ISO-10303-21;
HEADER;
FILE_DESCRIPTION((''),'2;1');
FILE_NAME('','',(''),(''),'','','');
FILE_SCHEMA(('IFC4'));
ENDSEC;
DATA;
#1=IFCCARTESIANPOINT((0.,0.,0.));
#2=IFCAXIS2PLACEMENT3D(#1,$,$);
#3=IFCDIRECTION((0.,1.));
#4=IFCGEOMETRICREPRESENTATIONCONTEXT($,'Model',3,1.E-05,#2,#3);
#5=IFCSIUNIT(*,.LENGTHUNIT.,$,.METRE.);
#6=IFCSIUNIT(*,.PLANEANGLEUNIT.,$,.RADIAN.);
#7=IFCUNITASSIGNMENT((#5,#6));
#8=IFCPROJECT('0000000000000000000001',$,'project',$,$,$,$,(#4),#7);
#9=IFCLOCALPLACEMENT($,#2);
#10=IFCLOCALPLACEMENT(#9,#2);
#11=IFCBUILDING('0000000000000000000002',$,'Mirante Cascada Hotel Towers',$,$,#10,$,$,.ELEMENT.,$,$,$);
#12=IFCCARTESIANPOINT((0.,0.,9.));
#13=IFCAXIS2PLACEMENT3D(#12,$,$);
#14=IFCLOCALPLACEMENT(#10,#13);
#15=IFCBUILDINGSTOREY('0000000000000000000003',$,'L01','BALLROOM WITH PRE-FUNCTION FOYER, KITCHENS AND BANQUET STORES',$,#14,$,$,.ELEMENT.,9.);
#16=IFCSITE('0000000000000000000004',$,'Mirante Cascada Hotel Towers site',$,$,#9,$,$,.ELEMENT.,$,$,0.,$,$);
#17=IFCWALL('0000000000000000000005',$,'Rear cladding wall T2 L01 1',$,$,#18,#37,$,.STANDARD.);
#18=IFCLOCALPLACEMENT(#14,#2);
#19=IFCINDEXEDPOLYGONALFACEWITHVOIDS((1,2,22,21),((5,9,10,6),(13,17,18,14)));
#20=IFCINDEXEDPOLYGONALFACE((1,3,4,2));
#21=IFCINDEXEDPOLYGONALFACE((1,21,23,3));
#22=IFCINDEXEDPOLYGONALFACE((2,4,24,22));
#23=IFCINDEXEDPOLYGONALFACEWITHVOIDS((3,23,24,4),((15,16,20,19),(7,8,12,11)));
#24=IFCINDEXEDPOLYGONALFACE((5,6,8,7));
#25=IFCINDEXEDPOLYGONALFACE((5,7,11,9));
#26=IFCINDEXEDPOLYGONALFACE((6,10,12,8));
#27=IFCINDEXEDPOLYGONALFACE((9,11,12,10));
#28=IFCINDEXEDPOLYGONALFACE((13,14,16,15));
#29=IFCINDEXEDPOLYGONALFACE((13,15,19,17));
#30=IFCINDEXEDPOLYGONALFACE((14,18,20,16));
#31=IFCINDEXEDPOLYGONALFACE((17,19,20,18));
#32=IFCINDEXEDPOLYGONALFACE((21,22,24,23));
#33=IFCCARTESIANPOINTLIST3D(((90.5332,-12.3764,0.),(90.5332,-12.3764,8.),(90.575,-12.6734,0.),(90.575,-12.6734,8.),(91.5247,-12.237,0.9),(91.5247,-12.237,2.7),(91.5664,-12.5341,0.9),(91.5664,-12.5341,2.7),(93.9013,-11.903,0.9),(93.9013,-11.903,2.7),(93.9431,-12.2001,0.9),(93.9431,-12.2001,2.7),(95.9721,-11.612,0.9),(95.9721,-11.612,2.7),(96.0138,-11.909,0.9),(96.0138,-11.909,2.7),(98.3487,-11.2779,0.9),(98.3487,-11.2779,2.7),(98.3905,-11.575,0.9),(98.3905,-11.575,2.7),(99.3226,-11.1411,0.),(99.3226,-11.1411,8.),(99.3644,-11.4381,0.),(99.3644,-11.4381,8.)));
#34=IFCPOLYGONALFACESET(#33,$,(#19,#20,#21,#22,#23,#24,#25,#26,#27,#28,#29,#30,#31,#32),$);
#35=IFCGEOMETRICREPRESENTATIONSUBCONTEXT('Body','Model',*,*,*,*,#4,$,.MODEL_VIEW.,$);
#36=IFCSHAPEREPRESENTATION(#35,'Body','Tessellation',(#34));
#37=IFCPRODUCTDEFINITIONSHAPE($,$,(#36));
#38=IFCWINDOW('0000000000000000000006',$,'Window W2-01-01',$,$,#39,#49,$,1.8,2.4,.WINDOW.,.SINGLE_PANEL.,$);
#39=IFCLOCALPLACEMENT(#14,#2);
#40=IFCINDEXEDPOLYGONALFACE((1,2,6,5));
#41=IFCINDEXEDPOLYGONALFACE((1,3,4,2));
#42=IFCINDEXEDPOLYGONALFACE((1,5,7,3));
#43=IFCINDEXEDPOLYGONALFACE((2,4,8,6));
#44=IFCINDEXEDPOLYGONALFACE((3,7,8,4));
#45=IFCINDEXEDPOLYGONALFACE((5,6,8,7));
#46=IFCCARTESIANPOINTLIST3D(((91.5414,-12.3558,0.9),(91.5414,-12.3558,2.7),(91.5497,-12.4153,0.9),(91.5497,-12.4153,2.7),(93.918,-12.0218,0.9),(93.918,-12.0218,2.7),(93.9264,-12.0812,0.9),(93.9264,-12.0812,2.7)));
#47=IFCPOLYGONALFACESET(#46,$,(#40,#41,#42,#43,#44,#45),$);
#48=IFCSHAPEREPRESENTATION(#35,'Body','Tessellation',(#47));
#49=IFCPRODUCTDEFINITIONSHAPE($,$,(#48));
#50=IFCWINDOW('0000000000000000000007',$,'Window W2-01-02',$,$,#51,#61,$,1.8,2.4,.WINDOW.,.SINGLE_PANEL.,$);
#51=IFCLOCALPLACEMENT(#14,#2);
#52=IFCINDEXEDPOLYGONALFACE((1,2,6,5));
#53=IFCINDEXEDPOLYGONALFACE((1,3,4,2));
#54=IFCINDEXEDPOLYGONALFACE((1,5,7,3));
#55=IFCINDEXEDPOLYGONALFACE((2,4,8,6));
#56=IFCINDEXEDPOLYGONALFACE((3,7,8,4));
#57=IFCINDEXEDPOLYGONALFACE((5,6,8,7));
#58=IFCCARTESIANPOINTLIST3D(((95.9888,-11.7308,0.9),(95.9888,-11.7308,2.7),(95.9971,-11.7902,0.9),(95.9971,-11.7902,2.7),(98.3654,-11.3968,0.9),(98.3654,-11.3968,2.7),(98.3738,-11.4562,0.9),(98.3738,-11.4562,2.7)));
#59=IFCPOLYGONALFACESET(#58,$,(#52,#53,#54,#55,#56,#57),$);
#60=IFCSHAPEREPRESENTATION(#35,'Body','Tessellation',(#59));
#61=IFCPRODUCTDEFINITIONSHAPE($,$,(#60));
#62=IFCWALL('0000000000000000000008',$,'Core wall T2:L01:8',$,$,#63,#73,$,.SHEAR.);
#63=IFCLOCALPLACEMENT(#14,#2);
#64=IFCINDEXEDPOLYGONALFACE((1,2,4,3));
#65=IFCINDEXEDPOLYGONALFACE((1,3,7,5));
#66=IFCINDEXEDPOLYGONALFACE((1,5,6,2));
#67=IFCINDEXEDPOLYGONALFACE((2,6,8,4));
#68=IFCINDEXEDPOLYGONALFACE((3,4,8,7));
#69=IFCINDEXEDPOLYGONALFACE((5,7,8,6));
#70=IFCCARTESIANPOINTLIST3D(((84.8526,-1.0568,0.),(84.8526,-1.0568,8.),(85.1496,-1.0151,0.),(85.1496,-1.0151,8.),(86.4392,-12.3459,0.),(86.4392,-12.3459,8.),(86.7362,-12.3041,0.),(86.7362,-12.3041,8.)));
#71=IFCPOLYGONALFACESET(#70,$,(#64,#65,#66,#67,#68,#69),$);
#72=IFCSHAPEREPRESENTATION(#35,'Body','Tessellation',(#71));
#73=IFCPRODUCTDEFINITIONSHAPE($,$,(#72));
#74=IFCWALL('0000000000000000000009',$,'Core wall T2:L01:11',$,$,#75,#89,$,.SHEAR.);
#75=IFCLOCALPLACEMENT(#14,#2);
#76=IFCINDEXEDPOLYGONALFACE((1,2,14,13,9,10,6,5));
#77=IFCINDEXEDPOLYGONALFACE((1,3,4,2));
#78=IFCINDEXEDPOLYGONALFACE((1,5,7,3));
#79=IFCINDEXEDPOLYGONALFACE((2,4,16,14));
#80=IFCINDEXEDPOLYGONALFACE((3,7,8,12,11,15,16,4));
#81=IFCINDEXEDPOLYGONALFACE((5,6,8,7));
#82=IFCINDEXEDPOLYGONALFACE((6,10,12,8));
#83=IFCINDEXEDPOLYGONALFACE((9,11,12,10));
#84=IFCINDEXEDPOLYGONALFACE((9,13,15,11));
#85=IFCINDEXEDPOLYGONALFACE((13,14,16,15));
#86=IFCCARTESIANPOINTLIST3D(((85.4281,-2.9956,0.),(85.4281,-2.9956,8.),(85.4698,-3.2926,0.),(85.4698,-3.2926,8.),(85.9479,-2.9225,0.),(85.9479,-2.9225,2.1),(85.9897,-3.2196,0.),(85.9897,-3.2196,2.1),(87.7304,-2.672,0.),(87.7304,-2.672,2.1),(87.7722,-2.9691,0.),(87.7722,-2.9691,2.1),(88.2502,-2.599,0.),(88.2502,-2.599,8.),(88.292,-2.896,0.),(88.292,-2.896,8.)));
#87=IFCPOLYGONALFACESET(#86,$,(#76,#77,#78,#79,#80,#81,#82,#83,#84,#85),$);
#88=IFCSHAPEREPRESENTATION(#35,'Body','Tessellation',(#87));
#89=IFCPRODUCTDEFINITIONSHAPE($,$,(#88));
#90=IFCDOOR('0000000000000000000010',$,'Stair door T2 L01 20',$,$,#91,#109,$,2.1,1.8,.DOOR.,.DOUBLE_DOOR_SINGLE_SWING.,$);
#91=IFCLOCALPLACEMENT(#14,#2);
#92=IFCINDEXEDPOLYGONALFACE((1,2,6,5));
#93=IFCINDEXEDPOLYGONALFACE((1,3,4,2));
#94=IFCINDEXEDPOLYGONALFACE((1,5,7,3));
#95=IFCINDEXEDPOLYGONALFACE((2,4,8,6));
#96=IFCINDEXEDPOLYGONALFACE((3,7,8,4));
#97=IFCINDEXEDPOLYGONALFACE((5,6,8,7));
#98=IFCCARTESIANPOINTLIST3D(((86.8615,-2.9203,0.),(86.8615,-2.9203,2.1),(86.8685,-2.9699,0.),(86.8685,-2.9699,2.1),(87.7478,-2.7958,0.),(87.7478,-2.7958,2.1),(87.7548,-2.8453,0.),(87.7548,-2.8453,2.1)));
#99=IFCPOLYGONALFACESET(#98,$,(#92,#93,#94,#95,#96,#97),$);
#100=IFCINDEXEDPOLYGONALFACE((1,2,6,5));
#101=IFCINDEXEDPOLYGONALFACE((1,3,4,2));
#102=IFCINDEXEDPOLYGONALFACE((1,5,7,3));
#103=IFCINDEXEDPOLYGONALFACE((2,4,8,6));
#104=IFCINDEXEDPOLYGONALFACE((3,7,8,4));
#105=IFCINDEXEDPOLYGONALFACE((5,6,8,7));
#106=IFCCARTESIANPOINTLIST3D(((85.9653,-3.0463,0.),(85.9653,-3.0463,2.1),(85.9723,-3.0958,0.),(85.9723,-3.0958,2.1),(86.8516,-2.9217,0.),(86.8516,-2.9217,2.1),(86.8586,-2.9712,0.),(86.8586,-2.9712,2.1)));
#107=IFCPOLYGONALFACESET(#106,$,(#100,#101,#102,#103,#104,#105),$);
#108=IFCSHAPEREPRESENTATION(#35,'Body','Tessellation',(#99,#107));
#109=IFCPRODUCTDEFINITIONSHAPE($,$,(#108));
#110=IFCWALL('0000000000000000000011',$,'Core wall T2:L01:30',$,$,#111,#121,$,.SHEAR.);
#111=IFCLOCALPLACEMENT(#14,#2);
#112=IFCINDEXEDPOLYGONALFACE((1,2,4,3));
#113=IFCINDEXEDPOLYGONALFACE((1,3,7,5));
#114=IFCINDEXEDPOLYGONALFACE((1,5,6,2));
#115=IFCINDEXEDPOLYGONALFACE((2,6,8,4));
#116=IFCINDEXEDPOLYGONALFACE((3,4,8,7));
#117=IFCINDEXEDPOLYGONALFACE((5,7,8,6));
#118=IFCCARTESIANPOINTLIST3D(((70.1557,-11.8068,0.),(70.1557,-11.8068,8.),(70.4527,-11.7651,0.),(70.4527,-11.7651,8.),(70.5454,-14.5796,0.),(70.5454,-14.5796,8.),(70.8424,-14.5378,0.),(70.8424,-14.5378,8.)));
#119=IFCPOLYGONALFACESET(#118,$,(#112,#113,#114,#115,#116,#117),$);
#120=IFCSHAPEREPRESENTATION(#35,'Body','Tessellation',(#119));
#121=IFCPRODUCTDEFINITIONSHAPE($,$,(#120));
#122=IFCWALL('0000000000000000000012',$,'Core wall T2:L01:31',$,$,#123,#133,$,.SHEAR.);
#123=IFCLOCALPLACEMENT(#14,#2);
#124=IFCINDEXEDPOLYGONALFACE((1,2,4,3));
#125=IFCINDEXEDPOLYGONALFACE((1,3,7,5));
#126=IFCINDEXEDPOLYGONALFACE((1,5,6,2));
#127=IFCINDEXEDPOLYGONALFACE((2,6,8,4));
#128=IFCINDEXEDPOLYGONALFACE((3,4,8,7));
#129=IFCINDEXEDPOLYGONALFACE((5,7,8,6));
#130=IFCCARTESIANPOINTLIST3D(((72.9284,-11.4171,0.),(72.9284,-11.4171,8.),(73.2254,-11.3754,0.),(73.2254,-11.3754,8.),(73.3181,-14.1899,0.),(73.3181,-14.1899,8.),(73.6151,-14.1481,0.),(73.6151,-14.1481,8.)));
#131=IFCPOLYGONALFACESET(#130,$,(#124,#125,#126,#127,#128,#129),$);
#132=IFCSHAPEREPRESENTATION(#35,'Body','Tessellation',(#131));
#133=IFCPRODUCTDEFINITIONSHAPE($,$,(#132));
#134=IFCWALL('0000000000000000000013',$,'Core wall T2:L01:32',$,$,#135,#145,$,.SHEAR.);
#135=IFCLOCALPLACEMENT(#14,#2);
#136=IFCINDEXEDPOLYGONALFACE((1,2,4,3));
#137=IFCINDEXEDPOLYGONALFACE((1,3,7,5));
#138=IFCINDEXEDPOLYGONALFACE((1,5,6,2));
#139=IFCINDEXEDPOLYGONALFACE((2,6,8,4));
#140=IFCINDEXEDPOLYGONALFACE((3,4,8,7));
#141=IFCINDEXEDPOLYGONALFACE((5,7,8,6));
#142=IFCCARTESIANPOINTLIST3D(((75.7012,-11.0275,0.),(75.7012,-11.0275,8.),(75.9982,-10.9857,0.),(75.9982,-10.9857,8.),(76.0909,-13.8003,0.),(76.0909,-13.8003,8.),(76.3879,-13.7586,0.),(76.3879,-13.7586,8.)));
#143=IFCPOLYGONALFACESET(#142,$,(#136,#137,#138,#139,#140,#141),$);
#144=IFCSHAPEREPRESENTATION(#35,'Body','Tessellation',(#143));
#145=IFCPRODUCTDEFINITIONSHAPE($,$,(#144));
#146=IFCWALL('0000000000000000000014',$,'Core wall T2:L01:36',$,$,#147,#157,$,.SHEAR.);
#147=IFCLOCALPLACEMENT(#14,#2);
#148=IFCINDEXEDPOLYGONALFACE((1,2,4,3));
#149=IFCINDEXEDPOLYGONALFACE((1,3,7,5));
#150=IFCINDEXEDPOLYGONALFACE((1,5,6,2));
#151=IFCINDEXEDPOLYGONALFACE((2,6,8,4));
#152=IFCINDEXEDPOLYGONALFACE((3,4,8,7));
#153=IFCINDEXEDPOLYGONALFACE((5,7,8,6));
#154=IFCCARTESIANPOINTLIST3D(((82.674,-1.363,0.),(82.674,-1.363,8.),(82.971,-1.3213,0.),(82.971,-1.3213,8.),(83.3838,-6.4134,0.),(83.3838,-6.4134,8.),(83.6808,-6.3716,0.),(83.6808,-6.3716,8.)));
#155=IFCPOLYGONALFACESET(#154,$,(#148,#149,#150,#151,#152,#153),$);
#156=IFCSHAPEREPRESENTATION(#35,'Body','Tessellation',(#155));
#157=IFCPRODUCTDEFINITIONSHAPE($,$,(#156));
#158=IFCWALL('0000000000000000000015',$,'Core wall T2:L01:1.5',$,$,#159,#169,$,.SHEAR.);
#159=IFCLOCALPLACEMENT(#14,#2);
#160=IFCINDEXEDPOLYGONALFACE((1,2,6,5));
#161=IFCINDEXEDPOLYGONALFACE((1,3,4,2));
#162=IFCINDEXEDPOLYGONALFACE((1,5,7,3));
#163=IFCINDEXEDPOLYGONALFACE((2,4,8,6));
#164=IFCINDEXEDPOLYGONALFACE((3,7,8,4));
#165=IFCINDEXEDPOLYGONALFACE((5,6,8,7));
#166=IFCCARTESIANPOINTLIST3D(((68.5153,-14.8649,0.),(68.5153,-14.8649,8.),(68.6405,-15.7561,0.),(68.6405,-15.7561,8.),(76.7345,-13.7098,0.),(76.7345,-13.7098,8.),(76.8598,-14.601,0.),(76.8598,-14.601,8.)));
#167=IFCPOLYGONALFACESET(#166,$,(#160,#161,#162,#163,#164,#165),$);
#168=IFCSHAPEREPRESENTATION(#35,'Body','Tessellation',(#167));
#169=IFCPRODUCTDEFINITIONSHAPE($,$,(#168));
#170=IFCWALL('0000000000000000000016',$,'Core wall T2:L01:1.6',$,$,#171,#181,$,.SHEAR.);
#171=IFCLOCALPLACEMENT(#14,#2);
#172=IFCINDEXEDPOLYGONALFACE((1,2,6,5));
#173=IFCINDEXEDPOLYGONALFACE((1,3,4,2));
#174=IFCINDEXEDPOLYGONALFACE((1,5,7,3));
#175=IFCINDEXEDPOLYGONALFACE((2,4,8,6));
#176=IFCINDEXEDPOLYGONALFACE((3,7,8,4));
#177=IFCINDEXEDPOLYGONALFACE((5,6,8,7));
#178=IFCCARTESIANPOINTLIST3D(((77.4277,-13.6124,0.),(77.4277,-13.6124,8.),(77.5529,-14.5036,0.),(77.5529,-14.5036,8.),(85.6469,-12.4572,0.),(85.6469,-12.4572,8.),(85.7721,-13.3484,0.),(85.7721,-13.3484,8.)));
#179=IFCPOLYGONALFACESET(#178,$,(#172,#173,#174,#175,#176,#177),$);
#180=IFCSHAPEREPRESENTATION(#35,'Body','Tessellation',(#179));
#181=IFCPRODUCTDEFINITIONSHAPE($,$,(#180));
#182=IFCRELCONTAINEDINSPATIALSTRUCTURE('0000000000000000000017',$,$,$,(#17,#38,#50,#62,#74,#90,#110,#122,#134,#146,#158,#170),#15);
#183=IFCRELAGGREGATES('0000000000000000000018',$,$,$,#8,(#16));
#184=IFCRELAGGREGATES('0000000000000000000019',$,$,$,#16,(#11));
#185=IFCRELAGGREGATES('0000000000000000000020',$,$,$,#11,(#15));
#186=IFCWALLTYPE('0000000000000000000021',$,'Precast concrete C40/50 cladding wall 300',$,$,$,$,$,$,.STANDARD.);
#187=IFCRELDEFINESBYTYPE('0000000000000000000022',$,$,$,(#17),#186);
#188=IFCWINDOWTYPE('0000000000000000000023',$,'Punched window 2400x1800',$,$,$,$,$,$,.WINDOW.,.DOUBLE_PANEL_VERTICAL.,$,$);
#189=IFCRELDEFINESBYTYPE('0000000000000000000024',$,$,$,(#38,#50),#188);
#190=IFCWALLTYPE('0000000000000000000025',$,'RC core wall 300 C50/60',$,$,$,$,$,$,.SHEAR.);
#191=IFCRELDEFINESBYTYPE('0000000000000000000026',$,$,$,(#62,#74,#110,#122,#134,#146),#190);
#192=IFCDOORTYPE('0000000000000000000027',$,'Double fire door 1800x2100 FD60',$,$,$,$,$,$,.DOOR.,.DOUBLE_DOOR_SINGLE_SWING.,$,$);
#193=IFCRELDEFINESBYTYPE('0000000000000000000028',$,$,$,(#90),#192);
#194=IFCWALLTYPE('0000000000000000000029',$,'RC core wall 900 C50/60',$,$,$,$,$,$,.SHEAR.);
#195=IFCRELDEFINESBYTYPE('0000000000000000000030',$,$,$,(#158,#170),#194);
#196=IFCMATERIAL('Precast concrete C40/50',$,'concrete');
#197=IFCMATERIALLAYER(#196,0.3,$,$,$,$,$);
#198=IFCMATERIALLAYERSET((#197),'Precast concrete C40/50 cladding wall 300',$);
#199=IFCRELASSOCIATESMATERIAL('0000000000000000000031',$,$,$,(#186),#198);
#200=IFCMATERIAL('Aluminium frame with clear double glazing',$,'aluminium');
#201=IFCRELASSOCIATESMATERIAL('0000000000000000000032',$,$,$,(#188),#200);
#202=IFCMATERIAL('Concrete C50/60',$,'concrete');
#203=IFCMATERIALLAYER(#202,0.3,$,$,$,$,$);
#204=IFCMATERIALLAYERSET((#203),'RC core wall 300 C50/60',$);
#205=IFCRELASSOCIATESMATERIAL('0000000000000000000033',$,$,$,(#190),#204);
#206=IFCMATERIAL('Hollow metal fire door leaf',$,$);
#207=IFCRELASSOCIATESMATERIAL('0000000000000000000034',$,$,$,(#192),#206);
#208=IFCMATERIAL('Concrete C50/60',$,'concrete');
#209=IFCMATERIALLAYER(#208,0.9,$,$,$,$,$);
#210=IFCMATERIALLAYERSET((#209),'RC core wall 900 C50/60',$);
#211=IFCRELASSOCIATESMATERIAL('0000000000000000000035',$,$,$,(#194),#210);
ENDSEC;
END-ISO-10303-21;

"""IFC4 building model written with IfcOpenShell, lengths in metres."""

from ifc_helpers import new_model, si_unit, direction, frame, frame_2d, origin, place, context, subcontext, project, spatial, rectangle, extrude, material, layer, layer_set, type_object, element, fill, save


model = new_model("IFC4")

# Units and contexts
model_context = context("Model", 3, precision=1e-05, world=origin(), true_north=direction((0.0, 1.0)))
body_context = subcontext(model_context, "Body", "Model", "MODEL_VIEW")
ifc_project = project(units=[si_unit("LENGTHUNIT", "METRE"), si_unit("PLANEANGLEUNIT", "RADIAN")], contexts=[model_context])

# Site, building, storey
site_placement = place(None, origin())
site = spatial("IfcSite", under=ifc_project, at=site_placement, Name="Mirante Cascada Hotel Towers site", CompositionType="ELEMENT", RefElevation=0.0)
building_placement = place(site_placement, origin())
building = spatial("IfcBuilding", under=site, at=building_placement, Name="Mirante Cascada Hotel Towers", CompositionType="ELEMENT")
storey_placement = place(building_placement, frame((0.0, 0.0, 9.0)))
storey = spatial("IfcBuildingStorey", under=building, at=storey_placement, Name="L01", Description="BALLROOM WITH PRE-FUNCTION FOYER, KITCHENS AND BANQUET STORES", CompositionType="ELEMENT", Elevation=9.0)

# Wall, openings, windows
ifc_material_1 = material(Name="Precast concrete C40/50", Category="concrete")
ifc_layer_1 = layer(ifc_material_1, 0.3)
ifc_layer_set_1 = layer_set([ifc_layer_1], Name="Precast concrete C40/50 cladding wall 300")
wall_type_1 = type_object("IfcWallType", Name="Precast concrete C40/50 cladding wall 300", PredefinedType="STANDARD", material=ifc_layer_set_1)
wall_1_placement = place(storey_placement, frame((90.5541, -12.5249, 0.0), z_axis=(0.0, 0.0, 1.0), x_axis=(0.990268, 0.139177, 0.0)))
wall_1 = element("IfcWall", 1, at=wall_1_placement, inside=storey, type_object=wall_type_1, Name="Rear cladding wall T2 L01 1", PredefinedType="STANDARD", context=body_context, shape_type="SweptSolid", body=[
    extrude(rectangle(XDim=8.8758, YDim=0.3, at=frame_2d((4.4379, 0.0))), origin(), (0.0, 0.0, 1.0), 8.0),
])
opening_1_placement = place(wall_1_placement, frame((1.0012, 0.0, 0.9)))
opening_1 = element("IfcOpeningElement", 2, at=opening_1_placement, cuts=wall_1, PredefinedType="OPENING", context=body_context, shape_type="SweptSolid", body=[
    extrude(rectangle(XDim=2.4, YDim=1.8, at=frame_2d((1.2, 0.9))), frame((0.0, 0.15, 0.0), z_axis=(0.0, -1.0, 0.0), x_axis=(1.0, 0.0, 0.0)), (0.0, 0.0, 1.0), 0.3),
])
opening_2_placement = place(wall_1_placement, frame((5.4923, 0.0, 0.9)))
opening_2 = element("IfcOpeningElement", 3, at=opening_2_placement, cuts=wall_1, PredefinedType="OPENING", context=body_context, shape_type="SweptSolid", body=[
    extrude(rectangle(XDim=2.4, YDim=1.8, at=frame_2d((1.2, 0.9))), frame((0.0, 0.15, 0.0), z_axis=(0.0, -1.0, 0.0), x_axis=(1.0, 0.0, 0.0)), (0.0, 0.0, 1.0), 0.3),
])
ifc_material_2 = material(Name="Aluminium frame with clear double glazing", Category="aluminium")
window_type = type_object("IfcWindowType", Name="Punched window 2400x1800", PartitioningType="DOUBLE_PANEL_VERTICAL", PredefinedType="WINDOW", material=ifc_material_2)
window_1_placement = place(opening_1_placement, origin())
window_1 = element("IfcWindow", 4, at=window_1_placement, inside=storey, type_object=window_type, Name="Window W2-01-01", OverallHeight=1.8, OverallWidth=2.4, PartitioningType="SINGLE_PANEL", PredefinedType="WINDOW", context=body_context, shape_type="SweptSolid", body=[
    extrude(rectangle(XDim=2.4, YDim=1.8, at=frame_2d((1.2, 0.9))), frame((0.0, 0.03, 0.0), z_axis=(0.0, -1.0, 0.0), x_axis=(1.0, 0.0, 0.0)), (0.0, 0.0, 1.0), 0.06),
])
fill(opening_1, window_1)
window_2_placement = place(opening_2_placement, origin())
window_2 = element("IfcWindow", 5, at=window_2_placement, inside=storey, type_object=window_type, Name="Window W2-01-02", OverallHeight=1.8, OverallWidth=2.4, PartitioningType="SINGLE_PANEL", PredefinedType="WINDOW", context=body_context, shape_type="SweptSolid", body=[
    extrude(rectangle(XDim=2.4, YDim=1.8, at=frame_2d((1.2, 0.9))), frame((0.0, 0.03, 0.0), z_axis=(0.0, -1.0, 0.0), x_axis=(1.0, 0.0, 0.0)), (0.0, 0.0, 1.0), 0.06),
])
fill(opening_2, window_2)

# Wall
ifc_material_3 = material(Name="Concrete C50/60", Category="concrete")
ifc_layer_2 = layer(ifc_material_3, 0.3)
ifc_layer_set_2 = layer_set([ifc_layer_2], Name="RC core wall 300 C50/60")
wall_type_2 = type_object("IfcWallType", Name="RC core wall 300 C50/60", PredefinedType="SHEAR", material=ifc_layer_set_2)
wall_2_placement = place(storey_placement, frame((86.5877, -12.325, 0.0), z_axis=(0.0, 0.0, 1.0), x_axis=(-0.139175, 0.990268, 0.0)))
element("IfcWall", 6, at=wall_2_placement, inside=storey, type_object=wall_type_2, Name="Core wall T2:L01:8", PredefinedType="SHEAR", context=body_context, shape_type="SweptSolid", body=[
    extrude(rectangle(XDim=11.4, YDim=0.3, at=frame_2d((5.7, 0.0))), origin(), (0.0, 0.0, 1.0), 8.0),
])

# Wall, opening, door
wall_3_placement = place(storey_placement, frame((85.4489, -3.1441, 0.0), z_axis=(0.0, 0.0, 1.0), x_axis=(0.99027, 0.139161, 0.0)))
wall_3 = element("IfcWall", 7, at=wall_3_placement, inside=storey, type_object=wall_type_2, Name="Core wall T2:L01:11", PredefinedType="SHEAR", context=body_context, shape_type="SweptSolid", body=[
    extrude(rectangle(XDim=2.8499, YDim=0.3, at=frame_2d((1.425, 0.0))), origin(), (0.0, 0.0, 1.0), 8.0),
])
opening_3_placement = place(wall_3_placement, frame((0.525, 0.0, 0.0)))
opening_3 = element("IfcOpeningElement", 8, at=opening_3_placement, cuts=wall_3, PredefinedType="OPENING", context=body_context, shape_type="SweptSolid", body=[
    extrude(rectangle(XDim=1.8, YDim=2.1, at=frame_2d((0.9, 1.05))), frame((0.0, 0.15, 0.0), z_axis=(0.0, -1.0, 0.0), x_axis=(1.0, 0.0, 0.0)), (0.0, 0.0, 1.0), 0.3),
])
ifc_material_4 = material(Name="Hollow metal fire door leaf")
door_type = type_object("IfcDoorType", Name="Double fire door 1800x2100 FD60", OperationType="DOUBLE_DOOR_SINGLE_SWING", PredefinedType="DOOR", material=ifc_material_4)
door_placement = place(opening_3_placement, frame((1.8, 0.0, 0.0), z_axis=(0.0, 0.0, 1.0), x_axis=(-1.0, 0.0, 0.0)))
door = element("IfcDoor", 9, at=door_placement, inside=storey, type_object=door_type, Name="Stair door T2 L01 20", OperationType="DOUBLE_DOOR_SINGLE_SWING", OverallHeight=2.1, OverallWidth=1.8, PredefinedType="DOOR", context=body_context, shape_type="SweptSolid", body=[
    extrude(rectangle(XDim=0.895, YDim=2.1, at=frame_2d((0.4475, 1.05))), frame((0.0, 0.025, 0.0), z_axis=(0.0, -1.0, 0.0), x_axis=(1.0, 0.0, 0.0)), (0.0, 0.0, 1.0), 0.05),
    extrude(rectangle(XDim=0.895, YDim=2.1, at=frame_2d((1.3525, 1.05))), frame((0.0, 0.025, 0.0), z_axis=(0.0, -1.0, 0.0), x_axis=(1.0, 0.0, 0.0)), (0.0, 0.0, 1.0), 0.05),
])
fill(opening_3, door)

# Walls
for number, where, z_axis, x_axis, name in (
    (10, (70.6939, -14.5587, 0.0), (0.0, 0.0, 1.0), (-0.139181, 0.990267, 0.0), "Core wall T2:L01:30"),
    (11, (73.4666, -14.169, 0.0), (0.0, 0.0, 1.0), (-0.139181, 0.990267, 0.0), "Core wall T2:L01:31"),
):
    element("IfcWall", number, at=place(storey_placement, frame(where, z_axis=z_axis, x_axis=x_axis)), inside=storey, type_object=wall_type_2, Name=name, PredefinedType="SHEAR", context=body_context, shape_type="SweptSolid", body=[
        extrude(rectangle(XDim=2.8, YDim=0.3, at=frame_2d((1.4, 0.0))), origin(), (0.0, 0.0, 1.0), 8.0),
    ])
wall_4_placement = place(storey_placement, frame((76.2394, -13.7794, 0.0), z_axis=(0.0, 0.0, 1.0), x_axis=(-0.139176, 0.990268, 0.0)))
element("IfcWall", 12, at=wall_4_placement, inside=storey, type_object=wall_type_2, Name="Core wall T2:L01:32", PredefinedType="SHEAR", context=body_context, shape_type="SweptSolid", body=[
    extrude(rectangle(XDim=2.8001, YDim=0.3, at=frame_2d((1.4, 0.0))), origin(), (0.0, 0.0, 1.0), 8.0),
])
wall_5_placement = place(storey_placement, frame((83.5323, -6.3925, 0.0), z_axis=(0.0, 0.0, 1.0), x_axis=(-0.139176, 0.990268, 0.0)))
element("IfcWall", 13, at=wall_5_placement, inside=storey, type_object=wall_type_2, Name="Core wall T2:L01:36", PredefinedType="SHEAR", context=body_context, shape_type="SweptSolid", body=[
    extrude(rectangle(XDim=5.1, YDim=0.3, at=frame_2d((2.55, 0.0))), origin(), (0.0, 0.0, 1.0), 8.0),
])
ifc_material_5 = material(Name="Concrete C50/60", Category="concrete")
ifc_layer_3 = layer(ifc_material_5, 0.9)
ifc_layer_set_3 = layer_set([ifc_layer_3], Name="RC core wall 900 C50/60")
wall_type_3 = type_object("IfcWallType", Name="RC core wall 900 C50/60", PredefinedType="SHEAR", material=ifc_layer_set_3)
for number, where, z_axis, x_axis, name in (
    (14, (68.5779, -15.3105, 0.0), (0.0, 0.0, 1.0), (0.990269, 0.139169, 0.0), "Core wall T2:L01:1.5"),
    (15, (77.4903, -14.058, 0.0), (0.0, 0.0, 1.0), (0.990267, 0.139181, 0.0), "Core wall T2:L01:1.6"),
):
    element("IfcWall", number, at=place(storey_placement, frame(where, z_axis=z_axis, x_axis=x_axis)), inside=storey, type_object=wall_type_3, Name=name, PredefinedType="SHEAR", context=body_context, shape_type="SweptSolid", body=[
        extrude(rectangle(XDim=8.3, YDim=0.9, at=frame_2d((4.15, 0.0))), origin(), (0.0, 0.0, 1.0), 8.0),
    ])

save(model, "model.ifc")
